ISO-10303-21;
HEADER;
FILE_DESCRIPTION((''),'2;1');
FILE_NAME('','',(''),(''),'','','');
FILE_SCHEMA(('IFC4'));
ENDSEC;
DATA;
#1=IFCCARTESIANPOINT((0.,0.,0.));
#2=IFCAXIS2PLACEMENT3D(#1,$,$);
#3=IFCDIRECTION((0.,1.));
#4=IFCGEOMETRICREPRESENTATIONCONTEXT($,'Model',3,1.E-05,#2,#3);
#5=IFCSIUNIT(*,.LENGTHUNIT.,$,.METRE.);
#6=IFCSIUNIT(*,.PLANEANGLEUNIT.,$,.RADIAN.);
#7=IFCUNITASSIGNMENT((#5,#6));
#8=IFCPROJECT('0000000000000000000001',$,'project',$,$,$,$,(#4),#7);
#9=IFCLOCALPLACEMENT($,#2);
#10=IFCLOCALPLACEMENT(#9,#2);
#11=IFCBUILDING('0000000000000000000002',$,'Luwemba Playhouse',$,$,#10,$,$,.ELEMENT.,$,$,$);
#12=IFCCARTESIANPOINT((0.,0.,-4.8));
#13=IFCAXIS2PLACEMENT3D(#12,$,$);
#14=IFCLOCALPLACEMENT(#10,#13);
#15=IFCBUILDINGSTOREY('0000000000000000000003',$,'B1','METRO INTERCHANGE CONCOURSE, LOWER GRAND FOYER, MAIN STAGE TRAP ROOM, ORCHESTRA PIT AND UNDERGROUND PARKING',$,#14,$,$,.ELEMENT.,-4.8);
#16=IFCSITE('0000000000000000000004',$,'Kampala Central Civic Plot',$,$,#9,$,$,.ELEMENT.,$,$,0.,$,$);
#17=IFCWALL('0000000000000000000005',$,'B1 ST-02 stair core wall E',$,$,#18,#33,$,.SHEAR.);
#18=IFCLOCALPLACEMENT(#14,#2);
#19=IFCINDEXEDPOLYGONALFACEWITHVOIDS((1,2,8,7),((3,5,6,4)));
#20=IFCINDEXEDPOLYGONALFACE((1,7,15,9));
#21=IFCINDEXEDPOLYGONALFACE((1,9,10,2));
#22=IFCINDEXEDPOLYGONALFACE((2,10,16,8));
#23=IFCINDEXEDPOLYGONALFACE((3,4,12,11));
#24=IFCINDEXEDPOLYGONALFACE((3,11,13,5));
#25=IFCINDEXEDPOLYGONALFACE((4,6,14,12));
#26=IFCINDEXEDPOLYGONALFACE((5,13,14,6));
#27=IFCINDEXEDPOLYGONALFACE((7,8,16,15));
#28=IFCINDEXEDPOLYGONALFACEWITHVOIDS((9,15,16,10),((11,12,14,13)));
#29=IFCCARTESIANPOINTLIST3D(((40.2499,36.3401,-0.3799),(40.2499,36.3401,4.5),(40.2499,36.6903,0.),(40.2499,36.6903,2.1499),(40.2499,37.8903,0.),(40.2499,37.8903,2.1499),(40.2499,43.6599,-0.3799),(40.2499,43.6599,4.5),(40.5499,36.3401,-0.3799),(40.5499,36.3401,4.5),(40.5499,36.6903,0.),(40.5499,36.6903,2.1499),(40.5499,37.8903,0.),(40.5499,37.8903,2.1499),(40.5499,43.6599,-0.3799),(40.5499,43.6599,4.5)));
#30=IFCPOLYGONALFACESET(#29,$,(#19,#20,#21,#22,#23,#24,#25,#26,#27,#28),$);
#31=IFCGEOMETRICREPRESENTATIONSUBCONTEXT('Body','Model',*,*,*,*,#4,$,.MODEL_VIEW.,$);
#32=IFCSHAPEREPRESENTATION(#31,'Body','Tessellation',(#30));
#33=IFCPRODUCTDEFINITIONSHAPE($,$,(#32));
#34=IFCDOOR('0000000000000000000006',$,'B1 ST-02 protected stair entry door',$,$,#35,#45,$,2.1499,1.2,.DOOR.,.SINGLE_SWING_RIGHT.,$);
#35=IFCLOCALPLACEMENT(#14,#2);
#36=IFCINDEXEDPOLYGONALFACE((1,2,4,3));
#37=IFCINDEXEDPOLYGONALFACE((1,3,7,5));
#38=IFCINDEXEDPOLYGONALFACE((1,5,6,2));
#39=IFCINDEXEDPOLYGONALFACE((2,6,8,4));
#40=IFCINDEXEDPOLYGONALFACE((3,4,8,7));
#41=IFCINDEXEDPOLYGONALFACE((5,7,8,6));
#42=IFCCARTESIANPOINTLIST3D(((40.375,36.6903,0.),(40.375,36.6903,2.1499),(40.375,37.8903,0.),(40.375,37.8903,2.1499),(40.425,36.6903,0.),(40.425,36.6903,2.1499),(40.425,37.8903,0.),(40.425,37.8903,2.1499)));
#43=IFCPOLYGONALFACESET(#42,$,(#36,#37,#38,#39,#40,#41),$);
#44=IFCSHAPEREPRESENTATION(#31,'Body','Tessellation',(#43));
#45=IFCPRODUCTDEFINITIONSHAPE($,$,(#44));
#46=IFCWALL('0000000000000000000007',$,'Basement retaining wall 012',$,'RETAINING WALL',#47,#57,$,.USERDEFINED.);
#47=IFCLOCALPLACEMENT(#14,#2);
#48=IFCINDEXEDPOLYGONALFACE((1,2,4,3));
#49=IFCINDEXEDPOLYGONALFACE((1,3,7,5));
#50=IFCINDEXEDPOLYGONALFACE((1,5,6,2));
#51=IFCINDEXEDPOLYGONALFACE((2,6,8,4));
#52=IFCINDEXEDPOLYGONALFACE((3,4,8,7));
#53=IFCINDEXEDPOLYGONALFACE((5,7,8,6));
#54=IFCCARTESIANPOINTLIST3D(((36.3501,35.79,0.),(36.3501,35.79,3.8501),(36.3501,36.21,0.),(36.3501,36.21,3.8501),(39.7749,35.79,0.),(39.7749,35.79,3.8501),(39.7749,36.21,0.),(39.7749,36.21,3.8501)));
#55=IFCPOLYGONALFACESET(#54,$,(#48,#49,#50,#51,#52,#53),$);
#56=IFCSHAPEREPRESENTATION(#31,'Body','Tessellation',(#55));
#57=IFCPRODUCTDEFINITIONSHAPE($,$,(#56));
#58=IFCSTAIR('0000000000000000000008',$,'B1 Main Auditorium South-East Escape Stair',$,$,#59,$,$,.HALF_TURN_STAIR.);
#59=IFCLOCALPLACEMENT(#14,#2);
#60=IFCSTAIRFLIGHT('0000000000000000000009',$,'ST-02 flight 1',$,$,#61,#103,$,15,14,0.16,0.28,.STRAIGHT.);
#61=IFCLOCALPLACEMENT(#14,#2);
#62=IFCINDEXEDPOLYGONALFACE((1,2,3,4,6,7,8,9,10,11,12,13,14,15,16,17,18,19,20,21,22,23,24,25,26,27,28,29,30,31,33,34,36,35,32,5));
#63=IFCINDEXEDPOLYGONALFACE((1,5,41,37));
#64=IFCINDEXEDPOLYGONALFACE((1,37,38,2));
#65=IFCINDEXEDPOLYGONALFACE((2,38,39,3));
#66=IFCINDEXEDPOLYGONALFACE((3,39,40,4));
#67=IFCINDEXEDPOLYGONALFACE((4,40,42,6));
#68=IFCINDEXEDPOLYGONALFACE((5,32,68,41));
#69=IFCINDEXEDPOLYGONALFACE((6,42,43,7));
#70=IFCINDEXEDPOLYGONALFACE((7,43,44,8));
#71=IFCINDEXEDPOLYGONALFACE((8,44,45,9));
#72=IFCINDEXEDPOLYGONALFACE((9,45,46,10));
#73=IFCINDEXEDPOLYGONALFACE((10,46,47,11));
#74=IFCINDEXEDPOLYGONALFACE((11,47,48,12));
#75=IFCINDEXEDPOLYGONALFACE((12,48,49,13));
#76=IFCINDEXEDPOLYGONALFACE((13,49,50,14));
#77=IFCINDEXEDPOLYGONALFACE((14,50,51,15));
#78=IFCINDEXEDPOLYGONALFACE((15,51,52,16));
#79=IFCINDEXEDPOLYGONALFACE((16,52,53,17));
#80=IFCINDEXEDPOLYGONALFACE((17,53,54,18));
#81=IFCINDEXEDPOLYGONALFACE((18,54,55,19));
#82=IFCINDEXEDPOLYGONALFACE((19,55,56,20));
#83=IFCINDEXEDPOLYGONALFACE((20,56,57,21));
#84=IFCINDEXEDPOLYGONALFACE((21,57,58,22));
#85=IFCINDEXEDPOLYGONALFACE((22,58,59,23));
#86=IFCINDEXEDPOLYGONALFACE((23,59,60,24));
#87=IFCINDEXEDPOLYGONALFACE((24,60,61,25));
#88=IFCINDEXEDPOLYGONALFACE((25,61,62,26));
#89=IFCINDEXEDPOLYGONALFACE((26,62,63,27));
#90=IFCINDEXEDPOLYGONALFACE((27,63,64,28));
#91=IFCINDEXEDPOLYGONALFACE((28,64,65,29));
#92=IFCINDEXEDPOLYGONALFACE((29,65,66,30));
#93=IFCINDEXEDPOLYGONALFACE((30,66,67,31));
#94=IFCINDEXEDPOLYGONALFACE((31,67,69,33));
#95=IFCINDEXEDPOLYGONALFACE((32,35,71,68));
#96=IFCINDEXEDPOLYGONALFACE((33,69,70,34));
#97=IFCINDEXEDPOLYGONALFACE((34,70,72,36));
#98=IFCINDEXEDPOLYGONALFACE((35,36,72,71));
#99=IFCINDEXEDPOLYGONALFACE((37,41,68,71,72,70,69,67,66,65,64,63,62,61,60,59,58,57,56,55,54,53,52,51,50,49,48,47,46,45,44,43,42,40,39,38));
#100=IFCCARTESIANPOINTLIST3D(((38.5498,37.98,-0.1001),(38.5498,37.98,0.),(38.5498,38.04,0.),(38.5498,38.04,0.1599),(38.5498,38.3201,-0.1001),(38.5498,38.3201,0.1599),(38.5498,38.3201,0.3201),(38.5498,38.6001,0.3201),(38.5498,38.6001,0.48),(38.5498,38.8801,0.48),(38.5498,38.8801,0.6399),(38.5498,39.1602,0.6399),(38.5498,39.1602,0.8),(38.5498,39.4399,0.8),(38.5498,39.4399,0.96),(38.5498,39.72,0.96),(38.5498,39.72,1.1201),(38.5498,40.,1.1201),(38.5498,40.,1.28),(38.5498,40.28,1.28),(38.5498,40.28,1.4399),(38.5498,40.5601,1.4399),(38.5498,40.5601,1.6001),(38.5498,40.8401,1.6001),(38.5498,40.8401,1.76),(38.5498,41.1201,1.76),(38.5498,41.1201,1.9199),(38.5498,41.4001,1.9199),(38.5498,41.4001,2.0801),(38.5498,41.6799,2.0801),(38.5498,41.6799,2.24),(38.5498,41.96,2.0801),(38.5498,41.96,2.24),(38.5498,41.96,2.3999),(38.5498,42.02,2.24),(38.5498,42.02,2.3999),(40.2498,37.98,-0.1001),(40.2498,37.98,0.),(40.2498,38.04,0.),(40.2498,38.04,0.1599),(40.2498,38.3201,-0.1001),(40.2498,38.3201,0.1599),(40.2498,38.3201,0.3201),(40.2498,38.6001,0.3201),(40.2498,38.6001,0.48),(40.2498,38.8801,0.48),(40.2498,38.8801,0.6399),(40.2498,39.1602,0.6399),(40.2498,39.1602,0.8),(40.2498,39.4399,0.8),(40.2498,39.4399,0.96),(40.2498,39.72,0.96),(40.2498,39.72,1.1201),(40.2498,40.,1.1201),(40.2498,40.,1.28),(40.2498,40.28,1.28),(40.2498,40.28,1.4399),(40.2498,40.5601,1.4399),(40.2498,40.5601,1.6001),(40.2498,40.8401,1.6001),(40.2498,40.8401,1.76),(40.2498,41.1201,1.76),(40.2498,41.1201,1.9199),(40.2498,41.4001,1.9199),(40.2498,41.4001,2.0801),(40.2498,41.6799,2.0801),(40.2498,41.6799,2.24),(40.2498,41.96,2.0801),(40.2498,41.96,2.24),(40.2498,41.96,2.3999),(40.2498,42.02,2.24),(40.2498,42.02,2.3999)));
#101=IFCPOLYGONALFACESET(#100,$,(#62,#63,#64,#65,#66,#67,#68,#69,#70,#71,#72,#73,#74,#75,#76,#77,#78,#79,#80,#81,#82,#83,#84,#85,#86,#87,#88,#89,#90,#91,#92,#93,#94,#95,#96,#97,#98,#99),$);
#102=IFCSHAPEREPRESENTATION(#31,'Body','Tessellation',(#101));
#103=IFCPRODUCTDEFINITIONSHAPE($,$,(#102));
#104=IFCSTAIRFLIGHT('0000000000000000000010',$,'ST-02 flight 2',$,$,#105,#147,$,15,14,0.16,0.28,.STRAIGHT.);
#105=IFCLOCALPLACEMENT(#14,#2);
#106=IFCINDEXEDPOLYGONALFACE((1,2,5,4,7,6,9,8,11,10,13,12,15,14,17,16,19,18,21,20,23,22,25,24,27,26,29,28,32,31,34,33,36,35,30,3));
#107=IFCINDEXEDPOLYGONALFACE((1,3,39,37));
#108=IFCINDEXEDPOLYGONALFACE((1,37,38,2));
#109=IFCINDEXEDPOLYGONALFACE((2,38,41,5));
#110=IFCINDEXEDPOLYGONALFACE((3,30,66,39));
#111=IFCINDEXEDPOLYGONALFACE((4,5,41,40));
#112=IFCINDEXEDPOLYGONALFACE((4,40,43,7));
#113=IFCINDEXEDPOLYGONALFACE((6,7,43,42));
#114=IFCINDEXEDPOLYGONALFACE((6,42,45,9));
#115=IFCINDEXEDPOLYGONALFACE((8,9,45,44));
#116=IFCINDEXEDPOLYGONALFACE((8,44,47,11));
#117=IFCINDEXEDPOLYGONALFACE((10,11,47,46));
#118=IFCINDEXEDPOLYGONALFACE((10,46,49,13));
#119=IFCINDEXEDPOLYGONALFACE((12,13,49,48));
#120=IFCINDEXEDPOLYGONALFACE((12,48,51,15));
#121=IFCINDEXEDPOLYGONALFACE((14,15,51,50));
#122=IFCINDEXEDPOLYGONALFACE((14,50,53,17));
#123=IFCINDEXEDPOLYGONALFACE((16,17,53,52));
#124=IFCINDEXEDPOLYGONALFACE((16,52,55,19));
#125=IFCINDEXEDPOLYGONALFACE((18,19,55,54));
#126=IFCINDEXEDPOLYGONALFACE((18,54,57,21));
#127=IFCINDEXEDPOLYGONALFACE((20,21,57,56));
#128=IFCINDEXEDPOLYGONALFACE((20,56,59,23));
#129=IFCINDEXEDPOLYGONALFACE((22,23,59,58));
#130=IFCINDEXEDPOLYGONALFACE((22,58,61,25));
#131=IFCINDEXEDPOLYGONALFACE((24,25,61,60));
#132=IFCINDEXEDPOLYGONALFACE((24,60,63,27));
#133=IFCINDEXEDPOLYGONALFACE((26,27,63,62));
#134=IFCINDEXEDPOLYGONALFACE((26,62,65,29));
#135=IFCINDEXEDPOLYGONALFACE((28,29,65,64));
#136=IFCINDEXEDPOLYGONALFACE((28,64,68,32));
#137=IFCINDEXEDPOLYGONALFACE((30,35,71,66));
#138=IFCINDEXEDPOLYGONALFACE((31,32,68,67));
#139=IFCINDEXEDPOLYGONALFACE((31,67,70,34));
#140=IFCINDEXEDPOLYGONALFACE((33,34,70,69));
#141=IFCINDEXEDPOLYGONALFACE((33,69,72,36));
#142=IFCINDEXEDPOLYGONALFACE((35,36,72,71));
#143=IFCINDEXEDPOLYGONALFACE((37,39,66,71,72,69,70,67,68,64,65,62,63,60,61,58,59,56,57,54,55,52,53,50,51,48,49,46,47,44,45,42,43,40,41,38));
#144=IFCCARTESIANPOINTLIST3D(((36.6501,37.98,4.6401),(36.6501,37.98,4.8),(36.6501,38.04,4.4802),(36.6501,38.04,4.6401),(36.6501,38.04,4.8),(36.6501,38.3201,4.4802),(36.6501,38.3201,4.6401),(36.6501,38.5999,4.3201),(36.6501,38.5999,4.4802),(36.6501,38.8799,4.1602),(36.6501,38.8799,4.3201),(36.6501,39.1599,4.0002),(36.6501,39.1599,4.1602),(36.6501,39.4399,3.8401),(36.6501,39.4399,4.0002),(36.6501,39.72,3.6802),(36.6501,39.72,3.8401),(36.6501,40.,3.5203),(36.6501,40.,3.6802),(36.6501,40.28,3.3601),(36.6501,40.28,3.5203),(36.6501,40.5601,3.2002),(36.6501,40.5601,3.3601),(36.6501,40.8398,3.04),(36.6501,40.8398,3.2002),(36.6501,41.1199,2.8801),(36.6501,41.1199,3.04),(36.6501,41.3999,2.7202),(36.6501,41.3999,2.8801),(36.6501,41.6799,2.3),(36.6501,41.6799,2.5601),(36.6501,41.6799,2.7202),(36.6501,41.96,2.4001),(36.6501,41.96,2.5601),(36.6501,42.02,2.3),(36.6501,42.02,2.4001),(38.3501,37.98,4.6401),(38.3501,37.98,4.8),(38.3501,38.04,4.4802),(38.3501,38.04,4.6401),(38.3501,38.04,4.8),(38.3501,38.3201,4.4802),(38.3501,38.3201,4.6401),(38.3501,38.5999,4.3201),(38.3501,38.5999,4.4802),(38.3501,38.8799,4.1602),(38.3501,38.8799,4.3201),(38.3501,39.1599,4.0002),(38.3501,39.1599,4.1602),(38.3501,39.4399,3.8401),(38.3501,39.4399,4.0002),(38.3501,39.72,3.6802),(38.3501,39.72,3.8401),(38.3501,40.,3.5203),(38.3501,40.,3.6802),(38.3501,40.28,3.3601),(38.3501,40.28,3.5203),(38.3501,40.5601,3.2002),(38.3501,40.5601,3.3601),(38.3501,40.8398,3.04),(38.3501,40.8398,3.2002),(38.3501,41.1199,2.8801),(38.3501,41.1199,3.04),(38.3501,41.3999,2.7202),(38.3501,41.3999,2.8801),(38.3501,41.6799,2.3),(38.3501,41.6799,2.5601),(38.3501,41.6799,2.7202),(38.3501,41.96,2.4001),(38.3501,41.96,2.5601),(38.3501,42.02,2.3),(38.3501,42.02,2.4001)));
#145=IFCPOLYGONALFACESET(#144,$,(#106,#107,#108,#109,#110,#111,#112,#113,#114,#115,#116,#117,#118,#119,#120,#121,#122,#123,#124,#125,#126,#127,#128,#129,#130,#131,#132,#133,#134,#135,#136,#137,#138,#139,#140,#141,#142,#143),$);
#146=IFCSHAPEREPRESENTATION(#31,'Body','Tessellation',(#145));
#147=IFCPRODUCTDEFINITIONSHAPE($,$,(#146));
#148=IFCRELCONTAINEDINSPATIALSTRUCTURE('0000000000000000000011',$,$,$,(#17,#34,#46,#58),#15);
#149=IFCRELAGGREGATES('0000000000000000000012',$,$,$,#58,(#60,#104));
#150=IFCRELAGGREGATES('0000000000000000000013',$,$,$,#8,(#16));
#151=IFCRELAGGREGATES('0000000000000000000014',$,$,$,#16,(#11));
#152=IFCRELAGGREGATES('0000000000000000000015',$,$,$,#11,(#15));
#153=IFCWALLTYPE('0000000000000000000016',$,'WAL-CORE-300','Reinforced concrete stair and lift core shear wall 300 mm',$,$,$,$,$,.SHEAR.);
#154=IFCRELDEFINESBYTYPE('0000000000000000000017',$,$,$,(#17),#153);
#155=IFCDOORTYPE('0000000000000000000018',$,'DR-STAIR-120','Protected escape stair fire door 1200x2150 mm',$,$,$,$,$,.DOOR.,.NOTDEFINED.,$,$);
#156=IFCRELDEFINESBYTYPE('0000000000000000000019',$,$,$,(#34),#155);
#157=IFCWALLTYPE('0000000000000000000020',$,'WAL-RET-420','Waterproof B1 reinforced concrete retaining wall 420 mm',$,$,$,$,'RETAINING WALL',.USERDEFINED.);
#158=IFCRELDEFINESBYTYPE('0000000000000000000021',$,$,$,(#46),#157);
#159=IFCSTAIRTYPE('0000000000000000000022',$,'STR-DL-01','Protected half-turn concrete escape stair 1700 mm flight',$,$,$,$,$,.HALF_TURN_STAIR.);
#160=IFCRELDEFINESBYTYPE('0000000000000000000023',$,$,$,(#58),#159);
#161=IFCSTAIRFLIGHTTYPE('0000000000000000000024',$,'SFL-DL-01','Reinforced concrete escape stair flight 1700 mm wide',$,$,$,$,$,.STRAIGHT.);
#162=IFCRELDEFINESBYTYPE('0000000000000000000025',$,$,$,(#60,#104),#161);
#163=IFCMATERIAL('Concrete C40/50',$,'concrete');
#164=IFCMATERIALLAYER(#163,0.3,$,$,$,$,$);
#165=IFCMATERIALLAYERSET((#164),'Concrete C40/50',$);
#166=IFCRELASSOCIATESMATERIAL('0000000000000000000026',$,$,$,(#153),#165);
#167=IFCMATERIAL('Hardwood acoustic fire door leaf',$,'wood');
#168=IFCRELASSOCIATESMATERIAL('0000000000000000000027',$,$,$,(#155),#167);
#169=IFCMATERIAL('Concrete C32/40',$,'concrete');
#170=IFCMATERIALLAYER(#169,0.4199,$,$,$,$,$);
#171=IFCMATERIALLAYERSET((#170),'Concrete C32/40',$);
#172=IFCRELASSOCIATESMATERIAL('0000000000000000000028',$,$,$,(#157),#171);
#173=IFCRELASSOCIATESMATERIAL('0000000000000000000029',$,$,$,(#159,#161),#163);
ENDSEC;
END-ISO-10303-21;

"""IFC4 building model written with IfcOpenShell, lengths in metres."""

from ifc_helpers import new_model, si_unit, direction, frame, frame_2d, origin, place, context, subcontext, project, spatial, polyline, rectangle, outline, extrude, material, layer, layer_set, type_object, element, fill, aggregate, save


model = new_model("IFC4")

# Units and contexts
model_context = context("Model", 3, precision=1e-05, world=origin(), true_north=direction((0.0, 1.0)))
body_context = subcontext(model_context, "Body", "Model", "MODEL_VIEW")
ifc_project = project(units=[si_unit("LENGTHUNIT", "METRE"), si_unit("PLANEANGLEUNIT", "RADIAN")], contexts=[model_context])

# Site, building, storey
site_placement = place(None, origin())
site = spatial("IfcSite", under=ifc_project, at=site_placement, Name="Kampala Central Civic Plot", CompositionType="ELEMENT", RefElevation=0.0)
building_placement = place(site_placement, origin())
building = spatial("IfcBuilding", under=site, at=building_placement, Name="Luwemba Playhouse", CompositionType="ELEMENT")
storey_placement = place(building_placement, frame((0.0, 0.0, -4.8)))
storey = spatial("IfcBuildingStorey", under=building, at=storey_placement, Name="B1", Description="METRO INTERCHANGE CONCOURSE, LOWER GRAND FOYER, MAIN STAGE TRAP ROOM, ORCHESTRA PIT AND UNDERGROUND PARKING", CompositionType="ELEMENT", Elevation=-4.8)

# Shared definitions
ifc_material_1 = material(Name="Concrete C32/40", Category="concrete")

# Shared definitions
ifc_material_2 = material(Name="Concrete C40/50", Category="concrete")

# Shared definitions
ifc_layer_1 = layer(ifc_material_2, 0.3)
ifc_layer_set_1 = layer_set([ifc_layer_1], Name="Concrete C40/50")
wall_type_1 = type_object("IfcWallType", Name="WAL-CORE-300", Description="Reinforced concrete stair and lift core shear wall 300 mm", PredefinedType="SHEAR", material=ifc_layer_set_1)

# Wall, opening, door
wall_1_placement = place(storey_placement, frame((40.3999, 36.3401, -0.3799), z_axis=(0.0, 0.0, 1.0), x_axis=(0.0, 1.0, 0.0)))
wall_1 = element("IfcWall", 1, at=wall_1_placement, inside=storey, type_object=wall_type_1, Name="B1 ST-02 stair core wall E", PredefinedType="SHEAR", context=body_context, shape_type="SweptSolid", body=[
    extrude(rectangle(XDim=7.3198, YDim=0.3, at=frame_2d((3.6599, 0.0))), origin(), (0.0, 0.0, 1.0), 4.8799),
])
opening_placement = place(wall_1_placement, frame((0.3501, 0.0, 0.3799)))
opening = element("IfcOpeningElement", 2, at=opening_placement, cuts=wall_1, PredefinedType="OPENING", context=body_context, shape_type="SweptSolid", body=[
    extrude(rectangle(XDim=1.2, YDim=2.1499, at=frame_2d((0.6001, 1.075))), frame((0.0, 0.1599, 0.0), z_axis=(0.0, -1.0, 0.0), x_axis=(1.0, 0.0, 0.0)), (0.0, 0.0, 1.0), 0.3201),
])
ifc_material_3 = material(Name="Hardwood acoustic fire door leaf", Category="wood")
door_type = type_object("IfcDoorType", Name="DR-STAIR-120", Description="Protected escape stair fire door 1200x2150 mm", OperationType="NOTDEFINED", PredefinedType="DOOR", material=ifc_material_3)
door_placement = place(opening_placement, origin())
door = element("IfcDoor", 3, at=door_placement, inside=storey, type_object=door_type, Name="B1 ST-02 protected stair entry door", OperationType="SINGLE_SWING_RIGHT", OverallHeight=2.1499, OverallWidth=1.2, PredefinedType="DOOR", context=body_context, shape_type="SweptSolid", body=[
    extrude(rectangle(XDim=1.2, YDim=2.1499, at=frame_2d((0.6001, 1.075))), frame((0.0, 0.0249, 0.0), z_axis=(0.0, -1.0, 0.0), x_axis=(1.0, 0.0, 0.0)), (0.0, 0.0, 1.0), 0.05),
])
fill(opening, door)

# Wall
ifc_layer_2 = layer(ifc_material_1, 0.4199)
ifc_layer_set_2 = layer_set([ifc_layer_2], Name="Concrete C32/40")
wall_type_2 = type_object("IfcWallType", Name="WAL-RET-420", Description="Waterproof B1 reinforced concrete retaining wall 420 mm", ElementType="RETAINING WALL", PredefinedType="USERDEFINED", material=ifc_layer_set_2)
wall_2_placement = place(storey_placement, frame((39.7749, 36.0, 0.0), z_axis=(0.0, 0.0, 1.0), x_axis=(-1.0, 0.0, 0.0)))
element("IfcWall", 4, at=wall_2_placement, inside=storey, type_object=wall_type_2, Name="Basement retaining wall 012", ObjectType="RETAINING WALL", PredefinedType="USERDEFINED", context=body_context, shape_type="SweptSolid", body=[
    extrude(rectangle(XDim=3.4248, YDim=0.4199, at=frame_2d((1.7124, 0.0))), origin(), (0.0, 0.0, 1.0), 3.8501),
])

# Stair, stair flights
stair_type = type_object("IfcStairType", Name="STR-DL-01", Description="Protected half-turn concrete escape stair 1700 mm flight", PredefinedType="HALF_TURN_STAIR", material=ifc_material_2)
stair_placement = place(storey_placement, origin())
stair = element("IfcStair", 5, at=stair_placement, inside=storey, type_object=stair_type, Name="B1 Main Auditorium South-East Escape Stair", PredefinedType="HALF_TURN_STAIR")
stair_flight_type = type_object("IfcStairFlightType", Name="SFL-DL-01", Description="Reinforced concrete escape stair flight 1700 mm wide", PredefinedType="STRAIGHT", material=ifc_material_2)
stair_flight_1_placement = place(storey_placement, frame((39.3999, 38.04, 0.0), z_axis=(0.0, 0.0, 1.0), x_axis=(0.0, 1.0, 0.0)))
stair_flight_1 = element("IfcStairFlight", 6, at=stair_flight_1_placement, type_object=stair_flight_type, Name="ST-02 flight 1", NumberOfRisers=15, NumberOfTreads=14, PredefinedType="STRAIGHT", RiserHeight=0.16, TreadLength=0.28, context=body_context, shape_type="SweptSolid", body=[
    extrude(outline(polyline([(-0.0601, -0.1001), (-0.0601, 0.0), (0.0, 0.0), (0.0, 0.1599), (0.28, 0.1599), (0.28, 0.3201), (0.5601, 0.3201), (0.5601, 0.48), (0.8401, 0.48), (0.8401, 0.6399), (1.1201, 0.6399), (1.1201, 0.8), (1.3999, 0.8), (1.3999, 0.96), (1.6799, 0.96), (1.6799, 1.1201), (1.96, 1.1201), (1.96, 1.28), (2.24, 1.28), (2.24, 1.4399), (2.52, 1.4399), (2.52, 1.6001), (2.8, 1.6001), (2.8, 1.76), (3.0801, 1.76), (3.0801, 1.9199), (3.3601, 1.9199), (3.3601, 2.0801), (3.6399, 2.0801), (3.6399, 2.24), (3.9199, 2.24), (3.9199, 2.3999), (3.98, 2.3999), (3.98, 2.24), (3.9199, 2.0801), (0.28, -0.1001), (-0.0601, -0.1001)])), frame((0.0, 0.8501, 0.0), z_axis=(0.0, -1.0, 0.0), x_axis=(1.0, 0.0, 0.0)), (0.0, 0.0, 1.0), 1.7),
])
stair_flight_2_placement = place(storey_placement, frame((37.5, 41.96, 2.4001), z_axis=(0.0, 0.0, 1.0), x_axis=(0.0, -1.0, 0.0)))
stair_flight_2 = element("IfcStairFlight", 7, at=stair_flight_2_placement, type_object=stair_flight_type, Name="ST-02 flight 2", NumberOfRisers=15, NumberOfTreads=14, PredefinedType="STRAIGHT", RiserHeight=0.16, TreadLength=0.28, context=body_context, shape_type="SweptSolid", body=[
    extrude(outline(polyline([(-0.0601, -0.1001), (-0.0601, 0.0), (0.0, 0.0), (0.0, 0.1599), (0.28, 0.1599), (0.28, 0.3201), (0.5601, 0.3201), (0.5601, 0.48), (0.8401, 0.48), (0.8401, 0.6399), (1.1201, 0.6399), (1.1201, 0.8), (1.3999, 0.8), (1.3999, 0.96), (1.6799, 0.96), (1.6799, 1.1201), (1.96, 1.1201), (1.96, 1.28), (2.24, 1.28), (2.24, 1.4399), (2.52, 1.4399), (2.52, 1.6001), (2.8, 1.6001), (2.8, 1.76), (3.0801, 1.76), (3.0801, 1.9199), (3.3601, 1.9199), (3.3601, 2.0801), (3.6399, 2.0801), (3.6399, 2.24), (3.9199, 2.24), (3.9199, 2.3999), (3.98, 2.3999), (3.98, 2.24), (3.9199, 2.0801), (0.28, -0.1001), (-0.0601, -0.1001)])), frame((0.0, 0.8501, 0.0), z_axis=(0.0, -1.0, 0.0), x_axis=(1.0, 0.0, 0.0)), (0.0, 0.0, 1.0), 1.7),
])
aggregate(stair, [stair_flight_1, stair_flight_2])

save(model, "model.ifc")
